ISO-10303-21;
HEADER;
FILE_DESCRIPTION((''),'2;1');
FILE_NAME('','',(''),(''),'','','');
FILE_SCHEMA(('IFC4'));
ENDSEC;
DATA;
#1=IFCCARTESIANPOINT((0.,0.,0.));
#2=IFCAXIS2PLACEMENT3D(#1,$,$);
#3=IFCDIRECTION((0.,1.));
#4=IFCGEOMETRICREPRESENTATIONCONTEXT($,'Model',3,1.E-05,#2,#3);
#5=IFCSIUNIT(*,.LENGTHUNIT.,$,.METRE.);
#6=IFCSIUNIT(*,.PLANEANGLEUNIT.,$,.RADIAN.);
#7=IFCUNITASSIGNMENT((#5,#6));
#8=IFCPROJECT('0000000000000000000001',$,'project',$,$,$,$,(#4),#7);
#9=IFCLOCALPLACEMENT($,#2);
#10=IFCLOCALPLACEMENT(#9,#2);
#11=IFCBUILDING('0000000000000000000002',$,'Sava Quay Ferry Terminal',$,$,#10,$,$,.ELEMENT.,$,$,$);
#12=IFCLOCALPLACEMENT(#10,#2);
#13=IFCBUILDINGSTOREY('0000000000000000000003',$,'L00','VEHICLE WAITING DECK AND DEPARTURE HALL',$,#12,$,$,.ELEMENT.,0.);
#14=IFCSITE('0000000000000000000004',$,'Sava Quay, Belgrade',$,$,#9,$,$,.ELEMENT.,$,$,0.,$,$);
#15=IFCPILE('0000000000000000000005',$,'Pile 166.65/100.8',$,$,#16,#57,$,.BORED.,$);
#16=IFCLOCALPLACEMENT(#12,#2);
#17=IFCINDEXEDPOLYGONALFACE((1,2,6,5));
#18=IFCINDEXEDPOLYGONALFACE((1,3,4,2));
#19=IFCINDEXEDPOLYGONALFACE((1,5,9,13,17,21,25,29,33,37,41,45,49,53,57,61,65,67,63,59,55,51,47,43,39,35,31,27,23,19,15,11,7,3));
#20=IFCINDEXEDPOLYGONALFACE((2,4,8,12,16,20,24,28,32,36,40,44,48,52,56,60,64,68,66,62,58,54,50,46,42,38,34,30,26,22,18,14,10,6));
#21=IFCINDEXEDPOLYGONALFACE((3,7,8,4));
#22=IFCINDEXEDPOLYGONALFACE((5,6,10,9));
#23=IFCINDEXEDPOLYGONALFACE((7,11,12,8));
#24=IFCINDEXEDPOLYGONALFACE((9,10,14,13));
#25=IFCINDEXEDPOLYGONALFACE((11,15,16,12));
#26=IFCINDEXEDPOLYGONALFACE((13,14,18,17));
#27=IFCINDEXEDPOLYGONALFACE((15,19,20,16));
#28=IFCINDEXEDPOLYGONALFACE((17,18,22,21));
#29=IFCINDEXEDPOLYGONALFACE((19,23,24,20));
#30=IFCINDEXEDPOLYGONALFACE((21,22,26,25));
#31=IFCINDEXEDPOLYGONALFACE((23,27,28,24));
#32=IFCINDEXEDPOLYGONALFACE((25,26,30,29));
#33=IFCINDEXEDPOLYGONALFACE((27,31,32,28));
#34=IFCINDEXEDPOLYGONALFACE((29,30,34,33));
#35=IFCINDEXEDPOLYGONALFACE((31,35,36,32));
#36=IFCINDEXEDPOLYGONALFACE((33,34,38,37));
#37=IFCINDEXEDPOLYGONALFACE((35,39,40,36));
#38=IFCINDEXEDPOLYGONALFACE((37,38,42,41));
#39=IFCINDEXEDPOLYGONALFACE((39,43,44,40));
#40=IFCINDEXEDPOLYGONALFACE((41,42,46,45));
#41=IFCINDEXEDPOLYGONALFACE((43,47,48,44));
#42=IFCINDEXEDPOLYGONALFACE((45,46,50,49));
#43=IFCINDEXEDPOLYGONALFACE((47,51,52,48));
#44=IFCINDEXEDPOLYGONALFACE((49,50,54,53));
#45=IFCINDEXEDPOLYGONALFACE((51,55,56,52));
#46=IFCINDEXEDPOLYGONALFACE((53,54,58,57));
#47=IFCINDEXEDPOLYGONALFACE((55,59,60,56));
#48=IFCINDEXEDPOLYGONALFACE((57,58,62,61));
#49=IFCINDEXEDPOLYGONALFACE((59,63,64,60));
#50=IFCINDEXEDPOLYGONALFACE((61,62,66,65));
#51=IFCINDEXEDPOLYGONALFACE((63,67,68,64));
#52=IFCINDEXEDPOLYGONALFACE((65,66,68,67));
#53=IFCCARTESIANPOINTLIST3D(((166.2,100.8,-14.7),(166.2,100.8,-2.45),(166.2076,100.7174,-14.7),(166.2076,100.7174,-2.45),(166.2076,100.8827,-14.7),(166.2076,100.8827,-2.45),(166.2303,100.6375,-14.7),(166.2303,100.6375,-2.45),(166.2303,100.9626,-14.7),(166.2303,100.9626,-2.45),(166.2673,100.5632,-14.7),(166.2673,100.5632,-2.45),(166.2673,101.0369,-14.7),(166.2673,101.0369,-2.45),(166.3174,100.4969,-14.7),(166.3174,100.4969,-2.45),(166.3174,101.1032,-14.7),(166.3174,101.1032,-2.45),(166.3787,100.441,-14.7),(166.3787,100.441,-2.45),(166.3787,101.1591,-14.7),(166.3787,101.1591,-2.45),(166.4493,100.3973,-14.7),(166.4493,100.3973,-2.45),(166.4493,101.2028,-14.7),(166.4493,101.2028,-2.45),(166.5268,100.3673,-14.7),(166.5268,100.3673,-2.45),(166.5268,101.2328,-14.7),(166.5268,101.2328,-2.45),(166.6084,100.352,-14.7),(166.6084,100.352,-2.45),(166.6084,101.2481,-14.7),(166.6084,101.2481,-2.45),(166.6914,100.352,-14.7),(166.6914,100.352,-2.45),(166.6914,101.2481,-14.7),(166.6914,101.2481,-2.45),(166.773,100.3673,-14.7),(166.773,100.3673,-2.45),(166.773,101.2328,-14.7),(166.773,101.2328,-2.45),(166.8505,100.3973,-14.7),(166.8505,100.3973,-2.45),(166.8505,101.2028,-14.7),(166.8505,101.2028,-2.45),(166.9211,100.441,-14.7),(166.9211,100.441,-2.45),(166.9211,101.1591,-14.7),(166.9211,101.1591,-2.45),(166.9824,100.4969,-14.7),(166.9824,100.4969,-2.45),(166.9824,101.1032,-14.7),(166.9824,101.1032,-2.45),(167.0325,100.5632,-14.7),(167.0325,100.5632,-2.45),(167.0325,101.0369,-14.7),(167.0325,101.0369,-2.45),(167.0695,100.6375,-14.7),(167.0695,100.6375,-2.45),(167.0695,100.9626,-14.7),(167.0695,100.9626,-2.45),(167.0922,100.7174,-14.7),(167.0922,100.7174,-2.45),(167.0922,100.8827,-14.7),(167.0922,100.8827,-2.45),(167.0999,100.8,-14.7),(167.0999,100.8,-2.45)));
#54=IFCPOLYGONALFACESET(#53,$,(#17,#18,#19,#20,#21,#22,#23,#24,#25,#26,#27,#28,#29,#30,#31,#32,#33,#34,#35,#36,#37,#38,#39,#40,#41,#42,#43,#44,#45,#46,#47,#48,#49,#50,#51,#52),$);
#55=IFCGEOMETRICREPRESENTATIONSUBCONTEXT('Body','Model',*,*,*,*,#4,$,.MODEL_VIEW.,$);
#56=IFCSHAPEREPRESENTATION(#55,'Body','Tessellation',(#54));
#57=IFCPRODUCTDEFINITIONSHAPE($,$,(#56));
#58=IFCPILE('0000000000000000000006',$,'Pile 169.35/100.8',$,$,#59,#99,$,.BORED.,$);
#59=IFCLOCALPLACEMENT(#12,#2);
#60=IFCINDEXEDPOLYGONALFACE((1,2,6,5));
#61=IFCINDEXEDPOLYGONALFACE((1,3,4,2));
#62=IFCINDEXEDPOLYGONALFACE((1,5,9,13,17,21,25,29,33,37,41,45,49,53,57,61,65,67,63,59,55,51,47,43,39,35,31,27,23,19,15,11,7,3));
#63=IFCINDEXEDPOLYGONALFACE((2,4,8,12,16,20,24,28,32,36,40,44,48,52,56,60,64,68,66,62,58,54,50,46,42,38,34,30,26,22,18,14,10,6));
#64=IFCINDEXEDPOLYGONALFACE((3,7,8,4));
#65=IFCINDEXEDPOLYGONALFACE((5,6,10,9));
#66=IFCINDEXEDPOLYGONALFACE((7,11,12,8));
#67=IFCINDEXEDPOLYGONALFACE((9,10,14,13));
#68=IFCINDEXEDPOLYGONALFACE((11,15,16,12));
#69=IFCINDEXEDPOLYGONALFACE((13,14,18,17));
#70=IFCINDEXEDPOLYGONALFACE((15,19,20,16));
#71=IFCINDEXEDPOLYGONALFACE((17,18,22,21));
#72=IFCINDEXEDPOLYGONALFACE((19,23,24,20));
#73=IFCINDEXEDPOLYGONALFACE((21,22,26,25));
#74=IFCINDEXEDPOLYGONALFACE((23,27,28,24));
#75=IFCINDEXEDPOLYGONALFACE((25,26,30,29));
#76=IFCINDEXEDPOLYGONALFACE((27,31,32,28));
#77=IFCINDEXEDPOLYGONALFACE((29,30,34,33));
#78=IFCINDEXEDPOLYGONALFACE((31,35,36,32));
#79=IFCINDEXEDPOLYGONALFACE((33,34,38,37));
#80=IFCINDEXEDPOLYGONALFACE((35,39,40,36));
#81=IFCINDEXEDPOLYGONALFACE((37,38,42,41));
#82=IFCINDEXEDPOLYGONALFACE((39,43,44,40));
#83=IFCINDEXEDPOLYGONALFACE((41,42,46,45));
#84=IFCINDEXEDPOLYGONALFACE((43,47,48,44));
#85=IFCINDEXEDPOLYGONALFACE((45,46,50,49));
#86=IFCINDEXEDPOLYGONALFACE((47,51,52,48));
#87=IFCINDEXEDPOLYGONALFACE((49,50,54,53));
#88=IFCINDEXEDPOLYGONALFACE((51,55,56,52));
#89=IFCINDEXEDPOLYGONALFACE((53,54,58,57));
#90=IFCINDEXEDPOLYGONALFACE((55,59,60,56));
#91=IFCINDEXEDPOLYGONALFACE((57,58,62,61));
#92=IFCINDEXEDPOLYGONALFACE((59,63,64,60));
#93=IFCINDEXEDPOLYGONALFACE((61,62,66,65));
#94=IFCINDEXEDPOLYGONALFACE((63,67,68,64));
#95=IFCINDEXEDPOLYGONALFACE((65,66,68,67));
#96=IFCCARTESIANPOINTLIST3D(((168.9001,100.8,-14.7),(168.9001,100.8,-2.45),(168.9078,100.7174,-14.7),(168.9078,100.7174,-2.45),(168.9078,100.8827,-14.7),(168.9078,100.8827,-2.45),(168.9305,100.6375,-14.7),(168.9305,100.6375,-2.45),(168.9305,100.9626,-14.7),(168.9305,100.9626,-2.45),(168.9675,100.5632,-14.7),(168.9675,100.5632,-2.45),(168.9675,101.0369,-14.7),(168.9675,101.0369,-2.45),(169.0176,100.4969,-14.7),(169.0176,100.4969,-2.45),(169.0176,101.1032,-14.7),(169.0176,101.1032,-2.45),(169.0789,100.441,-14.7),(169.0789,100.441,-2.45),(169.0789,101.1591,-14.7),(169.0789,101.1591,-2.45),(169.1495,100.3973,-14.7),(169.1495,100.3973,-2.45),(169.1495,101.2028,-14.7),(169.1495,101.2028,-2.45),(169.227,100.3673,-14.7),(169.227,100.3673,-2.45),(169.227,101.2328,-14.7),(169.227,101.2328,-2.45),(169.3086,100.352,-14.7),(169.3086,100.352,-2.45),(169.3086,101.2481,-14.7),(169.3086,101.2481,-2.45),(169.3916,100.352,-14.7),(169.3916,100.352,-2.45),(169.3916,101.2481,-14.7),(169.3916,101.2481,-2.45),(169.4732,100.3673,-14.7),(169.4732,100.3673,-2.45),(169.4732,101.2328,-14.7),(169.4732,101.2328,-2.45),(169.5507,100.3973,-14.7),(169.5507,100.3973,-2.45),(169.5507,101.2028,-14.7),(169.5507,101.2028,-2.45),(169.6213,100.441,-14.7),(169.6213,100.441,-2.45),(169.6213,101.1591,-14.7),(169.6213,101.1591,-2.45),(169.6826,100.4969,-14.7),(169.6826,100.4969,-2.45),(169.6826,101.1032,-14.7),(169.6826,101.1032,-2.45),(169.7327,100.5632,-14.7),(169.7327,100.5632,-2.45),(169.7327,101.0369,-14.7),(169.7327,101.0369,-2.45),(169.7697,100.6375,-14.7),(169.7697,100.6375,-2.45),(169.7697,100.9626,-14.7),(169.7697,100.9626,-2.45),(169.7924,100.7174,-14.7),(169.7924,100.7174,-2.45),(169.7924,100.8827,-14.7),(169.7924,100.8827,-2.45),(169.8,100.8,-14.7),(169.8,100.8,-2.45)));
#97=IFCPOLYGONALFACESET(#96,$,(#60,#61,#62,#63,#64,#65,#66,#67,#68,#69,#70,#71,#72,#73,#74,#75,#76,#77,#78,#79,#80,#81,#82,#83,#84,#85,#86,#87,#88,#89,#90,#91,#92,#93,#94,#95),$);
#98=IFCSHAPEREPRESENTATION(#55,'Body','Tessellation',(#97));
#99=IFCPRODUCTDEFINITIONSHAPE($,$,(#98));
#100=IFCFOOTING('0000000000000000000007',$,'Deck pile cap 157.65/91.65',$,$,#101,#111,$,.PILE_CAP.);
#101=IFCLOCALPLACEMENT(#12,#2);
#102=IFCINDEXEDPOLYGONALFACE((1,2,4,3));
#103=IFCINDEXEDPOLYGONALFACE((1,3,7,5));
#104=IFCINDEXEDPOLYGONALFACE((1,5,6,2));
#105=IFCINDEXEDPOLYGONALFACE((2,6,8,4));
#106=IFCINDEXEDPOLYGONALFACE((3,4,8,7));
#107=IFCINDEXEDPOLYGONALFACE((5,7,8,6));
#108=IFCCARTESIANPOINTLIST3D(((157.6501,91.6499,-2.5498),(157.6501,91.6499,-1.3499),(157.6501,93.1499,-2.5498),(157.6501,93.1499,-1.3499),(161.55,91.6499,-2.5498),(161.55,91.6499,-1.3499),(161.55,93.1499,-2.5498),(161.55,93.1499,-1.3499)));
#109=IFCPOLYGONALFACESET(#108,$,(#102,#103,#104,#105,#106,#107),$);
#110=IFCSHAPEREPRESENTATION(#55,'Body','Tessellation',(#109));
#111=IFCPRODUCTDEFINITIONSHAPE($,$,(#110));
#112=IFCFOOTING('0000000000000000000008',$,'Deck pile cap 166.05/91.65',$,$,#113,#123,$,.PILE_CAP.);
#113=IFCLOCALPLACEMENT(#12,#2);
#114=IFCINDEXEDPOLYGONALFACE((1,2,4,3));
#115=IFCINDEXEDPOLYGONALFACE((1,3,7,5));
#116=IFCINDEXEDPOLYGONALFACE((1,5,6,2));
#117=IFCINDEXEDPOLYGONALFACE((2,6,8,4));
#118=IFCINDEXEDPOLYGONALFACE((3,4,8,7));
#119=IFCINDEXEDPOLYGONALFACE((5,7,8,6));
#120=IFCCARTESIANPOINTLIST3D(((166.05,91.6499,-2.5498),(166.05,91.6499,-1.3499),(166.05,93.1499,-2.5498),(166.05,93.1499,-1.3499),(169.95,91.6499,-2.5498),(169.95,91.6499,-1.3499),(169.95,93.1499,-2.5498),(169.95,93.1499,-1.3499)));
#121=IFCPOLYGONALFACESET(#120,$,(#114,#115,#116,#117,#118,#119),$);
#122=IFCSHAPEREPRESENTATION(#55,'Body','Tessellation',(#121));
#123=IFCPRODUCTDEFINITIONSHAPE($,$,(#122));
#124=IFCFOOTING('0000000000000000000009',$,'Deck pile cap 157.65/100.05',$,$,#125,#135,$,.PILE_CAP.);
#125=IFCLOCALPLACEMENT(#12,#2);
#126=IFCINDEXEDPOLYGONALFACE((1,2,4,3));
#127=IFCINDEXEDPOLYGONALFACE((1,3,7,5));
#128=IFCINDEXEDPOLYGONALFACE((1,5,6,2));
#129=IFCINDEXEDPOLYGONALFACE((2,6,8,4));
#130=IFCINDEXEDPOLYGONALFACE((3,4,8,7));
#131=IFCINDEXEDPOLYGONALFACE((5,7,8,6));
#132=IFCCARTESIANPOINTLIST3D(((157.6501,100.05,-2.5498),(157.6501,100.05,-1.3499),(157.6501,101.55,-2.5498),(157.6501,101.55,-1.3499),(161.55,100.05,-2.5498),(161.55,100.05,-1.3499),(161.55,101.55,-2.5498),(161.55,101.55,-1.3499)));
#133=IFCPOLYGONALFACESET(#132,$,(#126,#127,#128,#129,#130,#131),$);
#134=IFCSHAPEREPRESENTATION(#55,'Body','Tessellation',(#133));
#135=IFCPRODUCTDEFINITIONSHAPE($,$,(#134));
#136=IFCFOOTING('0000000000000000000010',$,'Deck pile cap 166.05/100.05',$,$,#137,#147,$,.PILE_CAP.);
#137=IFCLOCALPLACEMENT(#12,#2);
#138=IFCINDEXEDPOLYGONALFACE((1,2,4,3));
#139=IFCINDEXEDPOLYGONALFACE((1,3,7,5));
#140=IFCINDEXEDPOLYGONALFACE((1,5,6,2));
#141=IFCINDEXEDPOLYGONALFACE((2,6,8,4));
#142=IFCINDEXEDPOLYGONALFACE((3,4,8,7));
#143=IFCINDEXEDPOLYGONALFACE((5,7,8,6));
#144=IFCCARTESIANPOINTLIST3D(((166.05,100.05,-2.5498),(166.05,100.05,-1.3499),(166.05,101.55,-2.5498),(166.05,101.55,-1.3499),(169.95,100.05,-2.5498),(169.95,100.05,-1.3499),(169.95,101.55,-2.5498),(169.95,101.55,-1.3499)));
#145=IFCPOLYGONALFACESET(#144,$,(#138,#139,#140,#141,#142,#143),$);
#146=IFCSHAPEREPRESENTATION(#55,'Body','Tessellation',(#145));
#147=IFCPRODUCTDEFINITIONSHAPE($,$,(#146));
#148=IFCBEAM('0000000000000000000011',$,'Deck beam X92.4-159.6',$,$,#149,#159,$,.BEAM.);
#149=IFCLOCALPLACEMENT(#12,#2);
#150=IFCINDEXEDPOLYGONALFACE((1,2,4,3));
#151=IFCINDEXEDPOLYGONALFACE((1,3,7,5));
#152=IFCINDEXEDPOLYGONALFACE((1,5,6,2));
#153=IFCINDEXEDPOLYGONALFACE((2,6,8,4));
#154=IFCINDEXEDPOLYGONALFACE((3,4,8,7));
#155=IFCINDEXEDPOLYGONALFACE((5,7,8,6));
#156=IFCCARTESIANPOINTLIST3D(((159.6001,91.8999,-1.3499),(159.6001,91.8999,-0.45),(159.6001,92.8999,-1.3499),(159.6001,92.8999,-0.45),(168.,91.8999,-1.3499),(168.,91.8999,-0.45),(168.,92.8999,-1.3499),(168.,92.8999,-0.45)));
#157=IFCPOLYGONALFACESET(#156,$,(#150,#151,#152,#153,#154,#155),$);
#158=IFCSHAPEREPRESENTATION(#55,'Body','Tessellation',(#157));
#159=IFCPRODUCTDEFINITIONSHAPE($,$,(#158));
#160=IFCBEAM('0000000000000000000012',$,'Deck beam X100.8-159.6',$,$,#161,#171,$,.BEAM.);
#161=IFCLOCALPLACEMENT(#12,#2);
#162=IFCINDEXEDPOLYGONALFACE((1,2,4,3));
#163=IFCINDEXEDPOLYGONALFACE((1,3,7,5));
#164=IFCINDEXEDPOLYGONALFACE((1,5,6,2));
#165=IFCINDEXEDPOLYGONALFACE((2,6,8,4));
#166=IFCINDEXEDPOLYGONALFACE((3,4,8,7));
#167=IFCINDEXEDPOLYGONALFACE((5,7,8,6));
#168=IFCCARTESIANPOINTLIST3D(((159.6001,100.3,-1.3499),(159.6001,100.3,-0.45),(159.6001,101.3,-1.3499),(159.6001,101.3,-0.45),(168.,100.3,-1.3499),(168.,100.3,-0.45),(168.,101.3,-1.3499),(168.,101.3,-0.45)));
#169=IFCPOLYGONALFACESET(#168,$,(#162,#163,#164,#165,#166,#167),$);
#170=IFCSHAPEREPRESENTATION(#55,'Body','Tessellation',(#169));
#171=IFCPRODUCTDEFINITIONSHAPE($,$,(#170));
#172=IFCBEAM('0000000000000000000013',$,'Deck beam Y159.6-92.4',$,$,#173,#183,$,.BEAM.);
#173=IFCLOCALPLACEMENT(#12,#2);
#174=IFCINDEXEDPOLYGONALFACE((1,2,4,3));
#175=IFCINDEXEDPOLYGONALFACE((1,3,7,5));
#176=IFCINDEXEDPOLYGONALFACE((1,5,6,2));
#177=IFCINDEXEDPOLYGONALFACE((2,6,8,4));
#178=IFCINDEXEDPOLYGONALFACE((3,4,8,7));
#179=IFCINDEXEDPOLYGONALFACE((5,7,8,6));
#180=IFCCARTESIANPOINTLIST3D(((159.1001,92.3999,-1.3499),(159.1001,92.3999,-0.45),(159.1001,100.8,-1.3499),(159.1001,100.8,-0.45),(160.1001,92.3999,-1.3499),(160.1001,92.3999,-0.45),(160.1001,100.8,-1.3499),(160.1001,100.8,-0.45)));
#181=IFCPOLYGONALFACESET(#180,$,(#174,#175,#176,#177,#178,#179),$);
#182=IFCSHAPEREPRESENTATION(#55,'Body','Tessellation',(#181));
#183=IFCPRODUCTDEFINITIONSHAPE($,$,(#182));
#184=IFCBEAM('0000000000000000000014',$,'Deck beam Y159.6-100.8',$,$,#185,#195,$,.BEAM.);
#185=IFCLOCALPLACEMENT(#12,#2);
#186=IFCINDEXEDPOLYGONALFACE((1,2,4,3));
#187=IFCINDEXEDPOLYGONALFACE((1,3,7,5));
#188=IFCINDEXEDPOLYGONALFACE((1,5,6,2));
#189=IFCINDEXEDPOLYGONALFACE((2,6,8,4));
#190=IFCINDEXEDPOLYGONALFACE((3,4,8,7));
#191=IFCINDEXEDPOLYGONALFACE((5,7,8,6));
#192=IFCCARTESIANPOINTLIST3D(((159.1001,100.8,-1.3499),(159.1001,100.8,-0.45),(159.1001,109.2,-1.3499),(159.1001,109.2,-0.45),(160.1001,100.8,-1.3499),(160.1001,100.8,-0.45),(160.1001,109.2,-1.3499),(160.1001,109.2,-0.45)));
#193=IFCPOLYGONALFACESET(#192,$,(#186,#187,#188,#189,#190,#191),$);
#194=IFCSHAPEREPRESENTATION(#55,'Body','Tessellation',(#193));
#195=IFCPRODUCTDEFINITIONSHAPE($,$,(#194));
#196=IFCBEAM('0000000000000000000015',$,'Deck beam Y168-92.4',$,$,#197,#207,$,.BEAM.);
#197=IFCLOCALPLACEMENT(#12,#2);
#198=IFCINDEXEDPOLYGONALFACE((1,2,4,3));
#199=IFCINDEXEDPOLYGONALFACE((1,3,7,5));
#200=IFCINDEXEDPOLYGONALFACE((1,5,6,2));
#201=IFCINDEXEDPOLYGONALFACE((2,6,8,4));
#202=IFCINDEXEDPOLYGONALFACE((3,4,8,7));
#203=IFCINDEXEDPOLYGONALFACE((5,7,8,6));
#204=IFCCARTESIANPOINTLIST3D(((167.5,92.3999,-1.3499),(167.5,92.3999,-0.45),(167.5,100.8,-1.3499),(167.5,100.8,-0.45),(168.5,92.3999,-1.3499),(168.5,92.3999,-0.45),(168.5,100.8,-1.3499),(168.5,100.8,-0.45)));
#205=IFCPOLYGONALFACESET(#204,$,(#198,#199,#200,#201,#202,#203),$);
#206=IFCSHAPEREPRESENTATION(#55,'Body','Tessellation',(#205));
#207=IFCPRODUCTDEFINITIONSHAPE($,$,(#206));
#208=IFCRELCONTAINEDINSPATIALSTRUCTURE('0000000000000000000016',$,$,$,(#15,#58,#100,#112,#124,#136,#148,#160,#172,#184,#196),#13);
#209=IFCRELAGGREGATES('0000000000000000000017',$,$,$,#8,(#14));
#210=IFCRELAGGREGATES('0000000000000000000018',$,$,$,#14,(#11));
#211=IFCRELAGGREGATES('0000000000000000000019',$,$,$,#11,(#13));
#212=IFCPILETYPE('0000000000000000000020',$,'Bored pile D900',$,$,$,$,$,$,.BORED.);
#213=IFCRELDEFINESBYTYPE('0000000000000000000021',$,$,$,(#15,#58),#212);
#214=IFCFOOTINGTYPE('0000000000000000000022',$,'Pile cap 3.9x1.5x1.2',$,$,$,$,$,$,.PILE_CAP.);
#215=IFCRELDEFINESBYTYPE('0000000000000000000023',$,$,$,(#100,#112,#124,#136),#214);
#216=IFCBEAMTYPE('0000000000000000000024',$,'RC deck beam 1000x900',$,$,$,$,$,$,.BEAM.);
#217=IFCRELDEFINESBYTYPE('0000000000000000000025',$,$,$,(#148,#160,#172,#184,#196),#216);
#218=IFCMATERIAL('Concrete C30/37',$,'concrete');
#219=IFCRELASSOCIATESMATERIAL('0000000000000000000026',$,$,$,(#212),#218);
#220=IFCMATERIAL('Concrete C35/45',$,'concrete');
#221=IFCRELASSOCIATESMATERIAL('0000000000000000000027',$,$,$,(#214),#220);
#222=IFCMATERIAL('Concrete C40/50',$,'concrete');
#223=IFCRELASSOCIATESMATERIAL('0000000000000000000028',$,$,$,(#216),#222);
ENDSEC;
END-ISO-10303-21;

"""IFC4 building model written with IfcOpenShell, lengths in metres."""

from ifc_helpers import new_model, si_unit, direction, frame, origin, origin_2d, place, context, subcontext, project, spatial, rectangle, circle, extrude, material, material_profile, profile_set, type_object, element, save


model = new_model("IFC4")

# Units and contexts
model_context = context("Model", 3, precision=1e-05, world=origin(), true_north=direction((0.0, 1.0)))
body_context = subcontext(model_context, "Body", "Model", "MODEL_VIEW")
ifc_project = project(units=[si_unit("LENGTHUNIT", "METRE"), si_unit("PLANEANGLEUNIT", "RADIAN")], contexts=[model_context])

# Site, building, storey
site_placement = place(None, origin())
site = spatial("IfcSite", under=ifc_project, at=site_placement, Name="Sava Quay, Belgrade", CompositionType="ELEMENT", RefElevation=0.0)
building_placement = place(site_placement, origin())
building = spatial("IfcBuilding", under=site, at=building_placement, Name="Sava Quay Ferry Terminal", CompositionType="ELEMENT")
storey_placement = place(building_placement, origin())
storey = spatial("IfcBuildingStorey", under=building, at=storey_placement, Name="L00", Description="VEHICLE WAITING DECK AND DEPARTURE HALL", CompositionType="ELEMENT", Elevation=0.0)

# Piles
ifc_material_1 = material(Name="Concrete C30/37", Category="concrete")
ifc_material_profile_1 = material_profile(ifc_material_1, circle(Radius=0.45, at=origin_2d()), Name="Bored pile D900")
ifc_profile_set_1 = profile_set([ifc_material_profile_1], Name="Concrete C30/37")
pile_type = type_object("IfcPileType", Name="Bored pile D900", PredefinedType="BORED", material=ifc_profile_set_1)
for number, where, z_axis, x_axis, name in (
    (1, (166.6499, 100.8, -2.45), (0.0, 0.0, -1.0), (1.0, 0.0, 0.0), "Pile 166.65/100.8"),
    (2, (169.3501, 100.8, -2.45), (0.0, 0.0, -1.0), (1.0, 0.0, 0.0), "Pile 169.35/100.8"),
):
    element("IfcPile", number, at=place(storey_placement, frame(where, z_axis=z_axis, x_axis=x_axis)), inside=storey, type_object=pile_type, Name=name, PredefinedType="BORED", context=body_context, shape_type="SweptSolid", body=[
        extrude(circle(Radius=0.45, at=origin_2d()), origin(), (0.0, 0.0, 1.0), 12.25),
    ])

# Footings
ifc_material_2 = material(Name="Concrete C35/45", Category="concrete")
footing_type = type_object("IfcFootingType", Name="Pile cap 3.9x1.5x1.2", PredefinedType="PILE_CAP", material=ifc_material_2)
for number, where, z_axis, x_axis, name in (
    (3, (159.6001, 92.3999, -2.5498), (0.0, 0.0, 1.0), (1.0, 0.0, 0.0), "Deck pile cap 157.65/91.65"),
    (4, (168.0, 92.3999, -2.5498), (0.0, 0.0, 1.0), (1.0, 0.0, 0.0), "Deck pile cap 166.05/91.65"),
    (5, (159.6001, 100.8, -2.5498), (0.0, 0.0, 1.0), (1.0, 0.0, 0.0), "Deck pile cap 157.65/100.05"),
    (6, (168.0, 100.8, -2.5498), (0.0, 0.0, 1.0), (1.0, 0.0, 0.0), "Deck pile cap 166.05/100.05"),
):
    element("IfcFooting", number, at=place(storey_placement, frame(where, z_axis=z_axis, x_axis=x_axis)), inside=storey, type_object=footing_type, Name=name, PredefinedType="PILE_CAP", context=body_context, shape_type="SweptSolid", body=[
        extrude(rectangle(XDim=3.8999, YDim=1.5, at=origin_2d()), origin(), (0.0, 0.0, 1.0), 1.2),
    ])

# Beams
ifc_material_3 = material(Name="Concrete C40/50", Category="concrete")
ifc_material_profile_2 = material_profile(ifc_material_3, rectangle(XDim=1.0, YDim=0.8999, at=origin_2d()), Name="RC 1000x900")
ifc_profile_set_2 = profile_set([ifc_material_profile_2], Name="Concrete C40/50")
beam_type = type_object("IfcBeamType", Name="RC deck beam 1000x900", PredefinedType="BEAM", material=ifc_profile_set_2)
for number, where, z_axis, x_axis, name in (
    (7, (159.6001, 92.3999, -0.8999), (1.0, 0.0, 0.0), (0.0, 1.0, 0.0), "Deck beam X92.4-159.6"),
    (8, (159.6001, 100.8, -0.8999), (1.0, 0.0, 0.0), (0.0, 1.0, 0.0), "Deck beam X100.8-159.6"),
):
    element("IfcBeam", number, at=place(storey_placement, frame(where, z_axis=z_axis, x_axis=x_axis)), inside=storey, type_object=beam_type, Name=name, PredefinedType="BEAM", context=body_context, shape_type="SweptSolid", body=[
        extrude(rectangle(XDim=1.0, YDim=0.8999, at=origin_2d()), origin(), (0.0, 0.0, 1.0), 8.3999),
    ])
beam_1_placement = place(storey_placement, frame((159.6001, 92.3999, -0.8999), z_axis=(0.0, 1.0, 0.0), x_axis=(-1.0, 0.0, 0.0)))
element("IfcBeam", 9, at=beam_1_placement, inside=storey, type_object=beam_type, Name="Deck beam Y159.6-92.4", PredefinedType="BEAM", context=body_context, shape_type="SweptSolid", body=[
    extrude(rectangle(XDim=1.0, YDim=0.8999, at=origin_2d()), origin(), (0.0, 0.0, 1.0), 8.4001),
])
beam_2_placement = place(storey_placement, frame((159.6001, 100.8, -0.8999), z_axis=(0.0, 1.0, 0.0), x_axis=(-1.0, 0.0, 0.0)))
element("IfcBeam", 10, at=beam_2_placement, inside=storey, type_object=beam_type, Name="Deck beam Y159.6-100.8", PredefinedType="BEAM", context=body_context, shape_type="SweptSolid", body=[
    extrude(rectangle(XDim=1.0, YDim=0.8999, at=origin_2d()), origin(), (0.0, 0.0, 1.0), 8.3999),
])
beam_3_placement = place(storey_placement, frame((168.0, 92.3999, -0.8999), z_axis=(0.0, 1.0, 0.0), x_axis=(-1.0, 0.0, 0.0)))
element("IfcBeam", 11, at=beam_3_placement, inside=storey, type_object=beam_type, Name="Deck beam Y168-92.4", PredefinedType="BEAM", context=body_context, shape_type="SweptSolid", body=[
    extrude(rectangle(XDim=1.0, YDim=0.8999, at=origin_2d()), origin(), (0.0, 0.0, 1.0), 8.4001),
])

save(model, "model.ifc")
